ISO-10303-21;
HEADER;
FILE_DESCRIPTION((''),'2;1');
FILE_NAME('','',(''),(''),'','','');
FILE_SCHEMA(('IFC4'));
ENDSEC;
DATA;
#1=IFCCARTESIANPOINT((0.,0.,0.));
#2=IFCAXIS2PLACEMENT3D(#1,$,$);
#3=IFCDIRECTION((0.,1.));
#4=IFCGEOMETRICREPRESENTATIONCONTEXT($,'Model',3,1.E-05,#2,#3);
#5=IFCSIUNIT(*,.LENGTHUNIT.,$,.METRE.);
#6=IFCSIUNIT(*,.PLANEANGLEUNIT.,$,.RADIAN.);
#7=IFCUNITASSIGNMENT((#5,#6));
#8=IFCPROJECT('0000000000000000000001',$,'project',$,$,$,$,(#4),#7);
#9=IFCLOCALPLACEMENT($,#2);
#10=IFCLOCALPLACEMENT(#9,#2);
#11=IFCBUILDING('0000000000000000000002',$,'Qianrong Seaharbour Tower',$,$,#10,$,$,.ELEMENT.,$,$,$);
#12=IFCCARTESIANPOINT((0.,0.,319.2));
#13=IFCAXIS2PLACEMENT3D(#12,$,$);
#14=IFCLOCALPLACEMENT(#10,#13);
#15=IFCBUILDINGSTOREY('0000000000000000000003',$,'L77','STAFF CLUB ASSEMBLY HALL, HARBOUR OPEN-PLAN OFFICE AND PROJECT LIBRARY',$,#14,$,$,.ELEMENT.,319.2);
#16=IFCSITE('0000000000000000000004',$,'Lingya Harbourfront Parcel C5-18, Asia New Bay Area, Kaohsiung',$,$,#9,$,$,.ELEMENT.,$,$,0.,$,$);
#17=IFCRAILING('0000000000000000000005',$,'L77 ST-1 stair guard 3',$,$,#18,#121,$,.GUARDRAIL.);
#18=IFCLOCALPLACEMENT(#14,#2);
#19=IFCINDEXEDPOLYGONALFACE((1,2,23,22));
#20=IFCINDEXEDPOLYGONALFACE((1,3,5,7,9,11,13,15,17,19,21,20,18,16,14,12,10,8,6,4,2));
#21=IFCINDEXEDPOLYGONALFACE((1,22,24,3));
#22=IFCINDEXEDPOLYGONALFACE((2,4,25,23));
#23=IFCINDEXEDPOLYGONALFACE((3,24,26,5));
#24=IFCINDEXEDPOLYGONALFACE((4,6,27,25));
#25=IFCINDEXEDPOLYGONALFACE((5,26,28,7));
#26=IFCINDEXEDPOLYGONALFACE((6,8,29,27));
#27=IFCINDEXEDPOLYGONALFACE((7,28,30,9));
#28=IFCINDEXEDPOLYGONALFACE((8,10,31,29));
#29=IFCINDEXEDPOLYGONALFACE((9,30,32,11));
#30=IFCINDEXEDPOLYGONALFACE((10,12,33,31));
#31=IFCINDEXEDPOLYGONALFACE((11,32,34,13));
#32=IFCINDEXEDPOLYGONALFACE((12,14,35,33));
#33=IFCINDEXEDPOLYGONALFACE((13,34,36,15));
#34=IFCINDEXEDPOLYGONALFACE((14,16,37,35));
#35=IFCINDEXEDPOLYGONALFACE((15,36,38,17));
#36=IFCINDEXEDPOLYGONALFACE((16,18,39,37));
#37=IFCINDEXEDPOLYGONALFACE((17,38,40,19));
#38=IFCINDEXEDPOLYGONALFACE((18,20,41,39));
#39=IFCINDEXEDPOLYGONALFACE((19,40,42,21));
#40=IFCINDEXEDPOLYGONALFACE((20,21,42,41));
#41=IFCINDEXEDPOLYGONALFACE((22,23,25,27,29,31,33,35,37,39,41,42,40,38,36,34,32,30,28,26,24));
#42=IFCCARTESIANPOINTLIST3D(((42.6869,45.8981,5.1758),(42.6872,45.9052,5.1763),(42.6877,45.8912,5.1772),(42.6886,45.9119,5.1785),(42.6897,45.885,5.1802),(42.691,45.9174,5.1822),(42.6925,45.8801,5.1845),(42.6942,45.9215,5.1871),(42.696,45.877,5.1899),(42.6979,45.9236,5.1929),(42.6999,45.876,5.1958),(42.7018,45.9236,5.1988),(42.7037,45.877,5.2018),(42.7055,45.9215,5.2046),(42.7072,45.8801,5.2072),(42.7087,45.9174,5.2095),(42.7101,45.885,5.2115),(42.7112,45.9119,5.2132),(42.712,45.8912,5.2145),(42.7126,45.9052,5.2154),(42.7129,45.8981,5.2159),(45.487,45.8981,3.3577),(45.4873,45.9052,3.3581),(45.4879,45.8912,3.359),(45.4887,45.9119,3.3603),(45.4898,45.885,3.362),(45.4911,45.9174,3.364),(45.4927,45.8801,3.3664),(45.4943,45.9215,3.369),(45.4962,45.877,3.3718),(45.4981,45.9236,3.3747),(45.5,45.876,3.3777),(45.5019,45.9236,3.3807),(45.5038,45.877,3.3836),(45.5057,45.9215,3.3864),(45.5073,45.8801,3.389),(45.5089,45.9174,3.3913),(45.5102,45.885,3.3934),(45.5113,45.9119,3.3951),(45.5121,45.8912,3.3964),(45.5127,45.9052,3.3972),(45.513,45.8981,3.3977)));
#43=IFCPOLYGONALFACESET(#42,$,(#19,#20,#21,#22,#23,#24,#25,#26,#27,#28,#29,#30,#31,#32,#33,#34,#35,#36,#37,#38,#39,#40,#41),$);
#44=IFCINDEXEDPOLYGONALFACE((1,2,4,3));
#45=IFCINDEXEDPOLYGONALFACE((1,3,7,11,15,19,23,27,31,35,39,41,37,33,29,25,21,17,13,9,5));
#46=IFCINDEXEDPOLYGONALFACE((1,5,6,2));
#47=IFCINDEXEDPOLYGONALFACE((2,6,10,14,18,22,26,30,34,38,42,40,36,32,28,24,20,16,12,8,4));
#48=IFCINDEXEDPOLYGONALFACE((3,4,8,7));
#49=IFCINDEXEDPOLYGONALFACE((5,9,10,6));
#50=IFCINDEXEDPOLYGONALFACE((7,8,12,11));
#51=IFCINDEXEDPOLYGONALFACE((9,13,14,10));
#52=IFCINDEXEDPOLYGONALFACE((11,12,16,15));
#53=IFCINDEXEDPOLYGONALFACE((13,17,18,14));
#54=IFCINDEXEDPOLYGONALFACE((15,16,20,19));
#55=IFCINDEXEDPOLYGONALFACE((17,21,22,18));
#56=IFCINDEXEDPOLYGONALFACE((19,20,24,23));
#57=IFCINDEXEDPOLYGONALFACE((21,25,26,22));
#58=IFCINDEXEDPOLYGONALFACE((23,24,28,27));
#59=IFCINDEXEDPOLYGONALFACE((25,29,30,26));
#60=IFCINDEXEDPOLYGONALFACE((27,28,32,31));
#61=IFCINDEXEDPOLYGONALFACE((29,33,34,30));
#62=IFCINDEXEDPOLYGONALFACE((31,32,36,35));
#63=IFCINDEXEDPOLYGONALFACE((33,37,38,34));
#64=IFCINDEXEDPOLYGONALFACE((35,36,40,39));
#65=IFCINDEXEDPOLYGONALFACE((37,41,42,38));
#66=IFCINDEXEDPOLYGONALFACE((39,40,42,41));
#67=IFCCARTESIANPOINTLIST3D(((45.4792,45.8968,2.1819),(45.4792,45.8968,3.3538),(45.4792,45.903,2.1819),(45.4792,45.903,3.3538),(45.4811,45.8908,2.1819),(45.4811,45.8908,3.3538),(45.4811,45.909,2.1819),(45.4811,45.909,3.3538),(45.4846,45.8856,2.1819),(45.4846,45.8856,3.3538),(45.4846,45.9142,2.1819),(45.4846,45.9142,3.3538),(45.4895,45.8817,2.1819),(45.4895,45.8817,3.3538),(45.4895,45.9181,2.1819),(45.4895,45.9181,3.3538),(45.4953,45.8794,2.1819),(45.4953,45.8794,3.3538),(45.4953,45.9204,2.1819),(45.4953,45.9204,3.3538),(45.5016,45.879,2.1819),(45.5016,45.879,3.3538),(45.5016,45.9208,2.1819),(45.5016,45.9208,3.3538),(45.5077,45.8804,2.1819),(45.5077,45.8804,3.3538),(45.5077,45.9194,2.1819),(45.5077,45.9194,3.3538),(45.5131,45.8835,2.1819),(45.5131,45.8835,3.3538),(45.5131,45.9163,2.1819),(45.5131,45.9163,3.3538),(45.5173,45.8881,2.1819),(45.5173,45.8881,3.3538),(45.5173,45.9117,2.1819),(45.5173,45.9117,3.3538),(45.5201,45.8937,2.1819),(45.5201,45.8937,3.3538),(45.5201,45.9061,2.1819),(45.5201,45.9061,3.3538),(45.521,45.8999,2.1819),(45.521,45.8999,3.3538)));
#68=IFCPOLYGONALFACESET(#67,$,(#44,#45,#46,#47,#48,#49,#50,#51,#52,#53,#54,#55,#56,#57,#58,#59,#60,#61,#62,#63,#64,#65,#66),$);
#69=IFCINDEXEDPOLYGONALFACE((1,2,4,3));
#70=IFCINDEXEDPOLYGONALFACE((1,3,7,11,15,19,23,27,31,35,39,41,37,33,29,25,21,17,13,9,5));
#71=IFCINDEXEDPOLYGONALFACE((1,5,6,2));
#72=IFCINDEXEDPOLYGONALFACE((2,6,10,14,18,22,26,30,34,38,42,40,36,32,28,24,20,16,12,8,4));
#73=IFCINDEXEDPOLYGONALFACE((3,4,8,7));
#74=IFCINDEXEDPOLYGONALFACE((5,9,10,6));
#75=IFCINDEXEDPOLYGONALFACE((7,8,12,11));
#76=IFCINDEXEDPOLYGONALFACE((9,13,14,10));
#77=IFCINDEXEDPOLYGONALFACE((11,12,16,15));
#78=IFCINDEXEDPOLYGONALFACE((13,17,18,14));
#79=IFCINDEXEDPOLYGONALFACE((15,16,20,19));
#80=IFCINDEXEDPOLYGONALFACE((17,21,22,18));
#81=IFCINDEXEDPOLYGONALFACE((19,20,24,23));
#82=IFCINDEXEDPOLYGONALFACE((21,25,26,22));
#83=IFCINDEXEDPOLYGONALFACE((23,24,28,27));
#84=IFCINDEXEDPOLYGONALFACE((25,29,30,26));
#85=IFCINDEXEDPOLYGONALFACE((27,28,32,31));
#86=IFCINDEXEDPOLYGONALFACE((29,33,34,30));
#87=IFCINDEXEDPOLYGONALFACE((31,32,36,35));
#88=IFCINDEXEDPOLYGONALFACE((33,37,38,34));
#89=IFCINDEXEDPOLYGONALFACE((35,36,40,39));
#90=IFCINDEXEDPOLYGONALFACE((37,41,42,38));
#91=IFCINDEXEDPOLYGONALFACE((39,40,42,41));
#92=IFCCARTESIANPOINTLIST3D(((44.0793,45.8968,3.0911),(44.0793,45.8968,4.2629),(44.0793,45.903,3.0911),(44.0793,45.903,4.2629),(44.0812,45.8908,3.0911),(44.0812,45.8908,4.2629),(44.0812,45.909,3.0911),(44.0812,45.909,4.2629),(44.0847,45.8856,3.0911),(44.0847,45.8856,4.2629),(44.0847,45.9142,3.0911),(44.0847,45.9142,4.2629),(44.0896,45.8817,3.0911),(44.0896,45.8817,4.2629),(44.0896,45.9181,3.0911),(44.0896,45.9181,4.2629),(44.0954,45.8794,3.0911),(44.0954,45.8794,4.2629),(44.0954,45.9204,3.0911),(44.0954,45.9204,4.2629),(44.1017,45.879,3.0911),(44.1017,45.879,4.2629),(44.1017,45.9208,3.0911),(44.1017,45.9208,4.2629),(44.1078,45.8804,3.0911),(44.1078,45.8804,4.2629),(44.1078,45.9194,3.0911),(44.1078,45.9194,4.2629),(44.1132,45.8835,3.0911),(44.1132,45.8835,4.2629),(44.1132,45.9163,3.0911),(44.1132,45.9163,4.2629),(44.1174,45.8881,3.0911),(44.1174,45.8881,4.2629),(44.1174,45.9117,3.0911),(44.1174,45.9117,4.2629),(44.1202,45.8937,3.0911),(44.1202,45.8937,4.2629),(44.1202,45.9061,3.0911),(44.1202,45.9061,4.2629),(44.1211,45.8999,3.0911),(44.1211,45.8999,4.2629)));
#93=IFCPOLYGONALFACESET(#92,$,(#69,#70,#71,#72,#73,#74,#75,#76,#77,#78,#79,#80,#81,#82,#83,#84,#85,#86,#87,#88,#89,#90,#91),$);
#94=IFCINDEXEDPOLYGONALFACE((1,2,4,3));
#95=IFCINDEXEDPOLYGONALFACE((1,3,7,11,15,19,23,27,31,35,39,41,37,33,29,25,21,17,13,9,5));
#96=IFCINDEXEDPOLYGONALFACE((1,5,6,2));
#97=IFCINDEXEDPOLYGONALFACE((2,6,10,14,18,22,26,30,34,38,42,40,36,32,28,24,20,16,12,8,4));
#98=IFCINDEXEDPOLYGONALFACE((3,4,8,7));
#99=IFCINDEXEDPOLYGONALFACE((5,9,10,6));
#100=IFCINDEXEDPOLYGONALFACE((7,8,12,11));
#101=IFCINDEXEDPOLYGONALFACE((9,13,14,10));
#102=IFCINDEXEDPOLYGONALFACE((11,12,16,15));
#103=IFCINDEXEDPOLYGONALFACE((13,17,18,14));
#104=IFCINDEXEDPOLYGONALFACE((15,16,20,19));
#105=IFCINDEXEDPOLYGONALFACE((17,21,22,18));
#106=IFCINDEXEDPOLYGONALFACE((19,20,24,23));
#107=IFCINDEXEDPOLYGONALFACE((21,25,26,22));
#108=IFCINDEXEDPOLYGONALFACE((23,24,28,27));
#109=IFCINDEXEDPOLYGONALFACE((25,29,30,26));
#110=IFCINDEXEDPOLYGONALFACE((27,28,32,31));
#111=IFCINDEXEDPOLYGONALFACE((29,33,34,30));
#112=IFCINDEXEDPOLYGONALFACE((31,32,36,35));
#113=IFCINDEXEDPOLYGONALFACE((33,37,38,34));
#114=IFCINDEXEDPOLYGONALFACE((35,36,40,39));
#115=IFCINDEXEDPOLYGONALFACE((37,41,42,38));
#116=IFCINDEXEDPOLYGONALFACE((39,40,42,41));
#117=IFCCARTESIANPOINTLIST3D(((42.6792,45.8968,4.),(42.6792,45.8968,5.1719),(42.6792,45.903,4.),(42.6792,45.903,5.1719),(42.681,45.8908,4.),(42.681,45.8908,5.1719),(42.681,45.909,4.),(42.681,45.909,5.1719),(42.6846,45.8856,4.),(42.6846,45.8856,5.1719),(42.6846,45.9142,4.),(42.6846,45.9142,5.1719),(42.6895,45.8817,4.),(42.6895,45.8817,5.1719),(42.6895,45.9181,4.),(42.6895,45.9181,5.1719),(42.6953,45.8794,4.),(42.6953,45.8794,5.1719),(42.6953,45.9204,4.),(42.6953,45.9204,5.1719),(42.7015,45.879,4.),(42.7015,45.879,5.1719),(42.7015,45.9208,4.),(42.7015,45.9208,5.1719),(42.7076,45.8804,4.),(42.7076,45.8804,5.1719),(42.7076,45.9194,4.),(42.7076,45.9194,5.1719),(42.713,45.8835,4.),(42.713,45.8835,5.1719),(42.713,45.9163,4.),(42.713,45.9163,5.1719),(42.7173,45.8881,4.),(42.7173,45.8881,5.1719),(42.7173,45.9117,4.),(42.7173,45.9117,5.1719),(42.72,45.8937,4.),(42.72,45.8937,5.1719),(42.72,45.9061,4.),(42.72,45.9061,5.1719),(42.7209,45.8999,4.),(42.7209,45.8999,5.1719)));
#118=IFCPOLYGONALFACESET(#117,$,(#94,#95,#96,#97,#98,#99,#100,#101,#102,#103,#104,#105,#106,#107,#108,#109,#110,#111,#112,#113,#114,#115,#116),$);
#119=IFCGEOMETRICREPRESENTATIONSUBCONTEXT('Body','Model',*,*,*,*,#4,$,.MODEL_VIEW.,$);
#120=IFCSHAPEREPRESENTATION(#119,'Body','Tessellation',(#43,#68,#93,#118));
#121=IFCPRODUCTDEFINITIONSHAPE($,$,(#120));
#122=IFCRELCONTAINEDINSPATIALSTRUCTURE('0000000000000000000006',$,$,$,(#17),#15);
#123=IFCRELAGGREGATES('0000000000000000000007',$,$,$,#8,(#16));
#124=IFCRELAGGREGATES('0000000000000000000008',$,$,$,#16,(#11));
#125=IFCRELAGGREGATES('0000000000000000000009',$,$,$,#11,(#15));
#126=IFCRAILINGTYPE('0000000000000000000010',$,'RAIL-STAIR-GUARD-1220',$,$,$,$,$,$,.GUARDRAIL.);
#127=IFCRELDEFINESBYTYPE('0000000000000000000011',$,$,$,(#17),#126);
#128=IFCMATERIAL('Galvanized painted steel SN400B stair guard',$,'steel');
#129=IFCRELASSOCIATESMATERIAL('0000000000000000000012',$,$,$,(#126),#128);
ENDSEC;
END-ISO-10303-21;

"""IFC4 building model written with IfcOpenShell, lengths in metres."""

from ifc_helpers import new_model, si_unit, direction, frame, origin, origin_2d, place, context, subcontext, project, spatial, circle, extrude, material, type_object, element, save


model = new_model("IFC4")

# Units and contexts
model_context = context("Model", 3, precision=1e-05, world=origin(), true_north=direction((0.0, 1.0)))
body_context = subcontext(model_context, "Body", "Model", "MODEL_VIEW")
ifc_project = project(units=[si_unit("LENGTHUNIT", "METRE"), si_unit("PLANEANGLEUNIT", "RADIAN")], contexts=[model_context])

# Site, building, storey
site_placement = place(None, origin())
site = spatial("IfcSite", under=ifc_project, at=site_placement, Name="Lingya Harbourfront Parcel C5-18, Asia New Bay Area, Kaohsiung", CompositionType="ELEMENT", RefElevation=0.0)
building_placement = place(site_placement, origin())
building = spatial("IfcBuilding", under=site, at=building_placement, Name="Qianrong Seaharbour Tower", CompositionType="ELEMENT")
storey_placement = place(building_placement, frame((0.0, 0.0, 319.2)))
storey = spatial("IfcBuildingStorey", under=building, at=storey_placement, Name="L77", Description="STAFF CLUB ASSEMBLY HALL, HARBOUR OPEN-PLAN OFFICE AND PROJECT LIBRARY", CompositionType="ELEMENT", Elevation=319.2)

# Railing
ifc_material_1 = material(Name="Galvanized painted steel SN400B stair guard", Category="steel")
railing_type_1 = type_object("IfcRailingType", Name="RAIL-STAIR-GUARD-1220", PredefinedType="GUARDRAIL", material=ifc_material_1)
railing_1_placement = place(storey_placement, frame((45.5, 45.8999, 2.1819)))
element("IfcRailing", 1, at=railing_1_placement, inside=storey, type_object=railing_type_1, Name="L77 ST-1 stair guard 3", PredefinedType="GUARDRAIL", context=body_context, shape_type="SweptSolid", body=[
    extrude(circle(Radius=0.0239, at=origin_2d()), frame((0.0, 0.0, 1.1958), z_axis=(-0.838706, 0.0, 0.544585), x_axis=(0.0, -1.0, 0.0)), (0.0, 0.0, 1.0), 3.3386),
    extrude(circle(Radius=0.021, at=origin_2d()), origin(), (0.0, 0.0, 1.0), 1.1719),
    extrude(circle(Radius=0.021, at=origin_2d()), frame((-1.3999, 0.0, 0.9092)), (0.0, 0.0, 1.0), 1.1719),
    extrude(circle(Radius=0.021, at=origin_2d()), frame((-2.8, 0.0, 1.8181)), (0.0, 0.0, 1.0), 1.1719),
])

save(model, "model.ifc")
